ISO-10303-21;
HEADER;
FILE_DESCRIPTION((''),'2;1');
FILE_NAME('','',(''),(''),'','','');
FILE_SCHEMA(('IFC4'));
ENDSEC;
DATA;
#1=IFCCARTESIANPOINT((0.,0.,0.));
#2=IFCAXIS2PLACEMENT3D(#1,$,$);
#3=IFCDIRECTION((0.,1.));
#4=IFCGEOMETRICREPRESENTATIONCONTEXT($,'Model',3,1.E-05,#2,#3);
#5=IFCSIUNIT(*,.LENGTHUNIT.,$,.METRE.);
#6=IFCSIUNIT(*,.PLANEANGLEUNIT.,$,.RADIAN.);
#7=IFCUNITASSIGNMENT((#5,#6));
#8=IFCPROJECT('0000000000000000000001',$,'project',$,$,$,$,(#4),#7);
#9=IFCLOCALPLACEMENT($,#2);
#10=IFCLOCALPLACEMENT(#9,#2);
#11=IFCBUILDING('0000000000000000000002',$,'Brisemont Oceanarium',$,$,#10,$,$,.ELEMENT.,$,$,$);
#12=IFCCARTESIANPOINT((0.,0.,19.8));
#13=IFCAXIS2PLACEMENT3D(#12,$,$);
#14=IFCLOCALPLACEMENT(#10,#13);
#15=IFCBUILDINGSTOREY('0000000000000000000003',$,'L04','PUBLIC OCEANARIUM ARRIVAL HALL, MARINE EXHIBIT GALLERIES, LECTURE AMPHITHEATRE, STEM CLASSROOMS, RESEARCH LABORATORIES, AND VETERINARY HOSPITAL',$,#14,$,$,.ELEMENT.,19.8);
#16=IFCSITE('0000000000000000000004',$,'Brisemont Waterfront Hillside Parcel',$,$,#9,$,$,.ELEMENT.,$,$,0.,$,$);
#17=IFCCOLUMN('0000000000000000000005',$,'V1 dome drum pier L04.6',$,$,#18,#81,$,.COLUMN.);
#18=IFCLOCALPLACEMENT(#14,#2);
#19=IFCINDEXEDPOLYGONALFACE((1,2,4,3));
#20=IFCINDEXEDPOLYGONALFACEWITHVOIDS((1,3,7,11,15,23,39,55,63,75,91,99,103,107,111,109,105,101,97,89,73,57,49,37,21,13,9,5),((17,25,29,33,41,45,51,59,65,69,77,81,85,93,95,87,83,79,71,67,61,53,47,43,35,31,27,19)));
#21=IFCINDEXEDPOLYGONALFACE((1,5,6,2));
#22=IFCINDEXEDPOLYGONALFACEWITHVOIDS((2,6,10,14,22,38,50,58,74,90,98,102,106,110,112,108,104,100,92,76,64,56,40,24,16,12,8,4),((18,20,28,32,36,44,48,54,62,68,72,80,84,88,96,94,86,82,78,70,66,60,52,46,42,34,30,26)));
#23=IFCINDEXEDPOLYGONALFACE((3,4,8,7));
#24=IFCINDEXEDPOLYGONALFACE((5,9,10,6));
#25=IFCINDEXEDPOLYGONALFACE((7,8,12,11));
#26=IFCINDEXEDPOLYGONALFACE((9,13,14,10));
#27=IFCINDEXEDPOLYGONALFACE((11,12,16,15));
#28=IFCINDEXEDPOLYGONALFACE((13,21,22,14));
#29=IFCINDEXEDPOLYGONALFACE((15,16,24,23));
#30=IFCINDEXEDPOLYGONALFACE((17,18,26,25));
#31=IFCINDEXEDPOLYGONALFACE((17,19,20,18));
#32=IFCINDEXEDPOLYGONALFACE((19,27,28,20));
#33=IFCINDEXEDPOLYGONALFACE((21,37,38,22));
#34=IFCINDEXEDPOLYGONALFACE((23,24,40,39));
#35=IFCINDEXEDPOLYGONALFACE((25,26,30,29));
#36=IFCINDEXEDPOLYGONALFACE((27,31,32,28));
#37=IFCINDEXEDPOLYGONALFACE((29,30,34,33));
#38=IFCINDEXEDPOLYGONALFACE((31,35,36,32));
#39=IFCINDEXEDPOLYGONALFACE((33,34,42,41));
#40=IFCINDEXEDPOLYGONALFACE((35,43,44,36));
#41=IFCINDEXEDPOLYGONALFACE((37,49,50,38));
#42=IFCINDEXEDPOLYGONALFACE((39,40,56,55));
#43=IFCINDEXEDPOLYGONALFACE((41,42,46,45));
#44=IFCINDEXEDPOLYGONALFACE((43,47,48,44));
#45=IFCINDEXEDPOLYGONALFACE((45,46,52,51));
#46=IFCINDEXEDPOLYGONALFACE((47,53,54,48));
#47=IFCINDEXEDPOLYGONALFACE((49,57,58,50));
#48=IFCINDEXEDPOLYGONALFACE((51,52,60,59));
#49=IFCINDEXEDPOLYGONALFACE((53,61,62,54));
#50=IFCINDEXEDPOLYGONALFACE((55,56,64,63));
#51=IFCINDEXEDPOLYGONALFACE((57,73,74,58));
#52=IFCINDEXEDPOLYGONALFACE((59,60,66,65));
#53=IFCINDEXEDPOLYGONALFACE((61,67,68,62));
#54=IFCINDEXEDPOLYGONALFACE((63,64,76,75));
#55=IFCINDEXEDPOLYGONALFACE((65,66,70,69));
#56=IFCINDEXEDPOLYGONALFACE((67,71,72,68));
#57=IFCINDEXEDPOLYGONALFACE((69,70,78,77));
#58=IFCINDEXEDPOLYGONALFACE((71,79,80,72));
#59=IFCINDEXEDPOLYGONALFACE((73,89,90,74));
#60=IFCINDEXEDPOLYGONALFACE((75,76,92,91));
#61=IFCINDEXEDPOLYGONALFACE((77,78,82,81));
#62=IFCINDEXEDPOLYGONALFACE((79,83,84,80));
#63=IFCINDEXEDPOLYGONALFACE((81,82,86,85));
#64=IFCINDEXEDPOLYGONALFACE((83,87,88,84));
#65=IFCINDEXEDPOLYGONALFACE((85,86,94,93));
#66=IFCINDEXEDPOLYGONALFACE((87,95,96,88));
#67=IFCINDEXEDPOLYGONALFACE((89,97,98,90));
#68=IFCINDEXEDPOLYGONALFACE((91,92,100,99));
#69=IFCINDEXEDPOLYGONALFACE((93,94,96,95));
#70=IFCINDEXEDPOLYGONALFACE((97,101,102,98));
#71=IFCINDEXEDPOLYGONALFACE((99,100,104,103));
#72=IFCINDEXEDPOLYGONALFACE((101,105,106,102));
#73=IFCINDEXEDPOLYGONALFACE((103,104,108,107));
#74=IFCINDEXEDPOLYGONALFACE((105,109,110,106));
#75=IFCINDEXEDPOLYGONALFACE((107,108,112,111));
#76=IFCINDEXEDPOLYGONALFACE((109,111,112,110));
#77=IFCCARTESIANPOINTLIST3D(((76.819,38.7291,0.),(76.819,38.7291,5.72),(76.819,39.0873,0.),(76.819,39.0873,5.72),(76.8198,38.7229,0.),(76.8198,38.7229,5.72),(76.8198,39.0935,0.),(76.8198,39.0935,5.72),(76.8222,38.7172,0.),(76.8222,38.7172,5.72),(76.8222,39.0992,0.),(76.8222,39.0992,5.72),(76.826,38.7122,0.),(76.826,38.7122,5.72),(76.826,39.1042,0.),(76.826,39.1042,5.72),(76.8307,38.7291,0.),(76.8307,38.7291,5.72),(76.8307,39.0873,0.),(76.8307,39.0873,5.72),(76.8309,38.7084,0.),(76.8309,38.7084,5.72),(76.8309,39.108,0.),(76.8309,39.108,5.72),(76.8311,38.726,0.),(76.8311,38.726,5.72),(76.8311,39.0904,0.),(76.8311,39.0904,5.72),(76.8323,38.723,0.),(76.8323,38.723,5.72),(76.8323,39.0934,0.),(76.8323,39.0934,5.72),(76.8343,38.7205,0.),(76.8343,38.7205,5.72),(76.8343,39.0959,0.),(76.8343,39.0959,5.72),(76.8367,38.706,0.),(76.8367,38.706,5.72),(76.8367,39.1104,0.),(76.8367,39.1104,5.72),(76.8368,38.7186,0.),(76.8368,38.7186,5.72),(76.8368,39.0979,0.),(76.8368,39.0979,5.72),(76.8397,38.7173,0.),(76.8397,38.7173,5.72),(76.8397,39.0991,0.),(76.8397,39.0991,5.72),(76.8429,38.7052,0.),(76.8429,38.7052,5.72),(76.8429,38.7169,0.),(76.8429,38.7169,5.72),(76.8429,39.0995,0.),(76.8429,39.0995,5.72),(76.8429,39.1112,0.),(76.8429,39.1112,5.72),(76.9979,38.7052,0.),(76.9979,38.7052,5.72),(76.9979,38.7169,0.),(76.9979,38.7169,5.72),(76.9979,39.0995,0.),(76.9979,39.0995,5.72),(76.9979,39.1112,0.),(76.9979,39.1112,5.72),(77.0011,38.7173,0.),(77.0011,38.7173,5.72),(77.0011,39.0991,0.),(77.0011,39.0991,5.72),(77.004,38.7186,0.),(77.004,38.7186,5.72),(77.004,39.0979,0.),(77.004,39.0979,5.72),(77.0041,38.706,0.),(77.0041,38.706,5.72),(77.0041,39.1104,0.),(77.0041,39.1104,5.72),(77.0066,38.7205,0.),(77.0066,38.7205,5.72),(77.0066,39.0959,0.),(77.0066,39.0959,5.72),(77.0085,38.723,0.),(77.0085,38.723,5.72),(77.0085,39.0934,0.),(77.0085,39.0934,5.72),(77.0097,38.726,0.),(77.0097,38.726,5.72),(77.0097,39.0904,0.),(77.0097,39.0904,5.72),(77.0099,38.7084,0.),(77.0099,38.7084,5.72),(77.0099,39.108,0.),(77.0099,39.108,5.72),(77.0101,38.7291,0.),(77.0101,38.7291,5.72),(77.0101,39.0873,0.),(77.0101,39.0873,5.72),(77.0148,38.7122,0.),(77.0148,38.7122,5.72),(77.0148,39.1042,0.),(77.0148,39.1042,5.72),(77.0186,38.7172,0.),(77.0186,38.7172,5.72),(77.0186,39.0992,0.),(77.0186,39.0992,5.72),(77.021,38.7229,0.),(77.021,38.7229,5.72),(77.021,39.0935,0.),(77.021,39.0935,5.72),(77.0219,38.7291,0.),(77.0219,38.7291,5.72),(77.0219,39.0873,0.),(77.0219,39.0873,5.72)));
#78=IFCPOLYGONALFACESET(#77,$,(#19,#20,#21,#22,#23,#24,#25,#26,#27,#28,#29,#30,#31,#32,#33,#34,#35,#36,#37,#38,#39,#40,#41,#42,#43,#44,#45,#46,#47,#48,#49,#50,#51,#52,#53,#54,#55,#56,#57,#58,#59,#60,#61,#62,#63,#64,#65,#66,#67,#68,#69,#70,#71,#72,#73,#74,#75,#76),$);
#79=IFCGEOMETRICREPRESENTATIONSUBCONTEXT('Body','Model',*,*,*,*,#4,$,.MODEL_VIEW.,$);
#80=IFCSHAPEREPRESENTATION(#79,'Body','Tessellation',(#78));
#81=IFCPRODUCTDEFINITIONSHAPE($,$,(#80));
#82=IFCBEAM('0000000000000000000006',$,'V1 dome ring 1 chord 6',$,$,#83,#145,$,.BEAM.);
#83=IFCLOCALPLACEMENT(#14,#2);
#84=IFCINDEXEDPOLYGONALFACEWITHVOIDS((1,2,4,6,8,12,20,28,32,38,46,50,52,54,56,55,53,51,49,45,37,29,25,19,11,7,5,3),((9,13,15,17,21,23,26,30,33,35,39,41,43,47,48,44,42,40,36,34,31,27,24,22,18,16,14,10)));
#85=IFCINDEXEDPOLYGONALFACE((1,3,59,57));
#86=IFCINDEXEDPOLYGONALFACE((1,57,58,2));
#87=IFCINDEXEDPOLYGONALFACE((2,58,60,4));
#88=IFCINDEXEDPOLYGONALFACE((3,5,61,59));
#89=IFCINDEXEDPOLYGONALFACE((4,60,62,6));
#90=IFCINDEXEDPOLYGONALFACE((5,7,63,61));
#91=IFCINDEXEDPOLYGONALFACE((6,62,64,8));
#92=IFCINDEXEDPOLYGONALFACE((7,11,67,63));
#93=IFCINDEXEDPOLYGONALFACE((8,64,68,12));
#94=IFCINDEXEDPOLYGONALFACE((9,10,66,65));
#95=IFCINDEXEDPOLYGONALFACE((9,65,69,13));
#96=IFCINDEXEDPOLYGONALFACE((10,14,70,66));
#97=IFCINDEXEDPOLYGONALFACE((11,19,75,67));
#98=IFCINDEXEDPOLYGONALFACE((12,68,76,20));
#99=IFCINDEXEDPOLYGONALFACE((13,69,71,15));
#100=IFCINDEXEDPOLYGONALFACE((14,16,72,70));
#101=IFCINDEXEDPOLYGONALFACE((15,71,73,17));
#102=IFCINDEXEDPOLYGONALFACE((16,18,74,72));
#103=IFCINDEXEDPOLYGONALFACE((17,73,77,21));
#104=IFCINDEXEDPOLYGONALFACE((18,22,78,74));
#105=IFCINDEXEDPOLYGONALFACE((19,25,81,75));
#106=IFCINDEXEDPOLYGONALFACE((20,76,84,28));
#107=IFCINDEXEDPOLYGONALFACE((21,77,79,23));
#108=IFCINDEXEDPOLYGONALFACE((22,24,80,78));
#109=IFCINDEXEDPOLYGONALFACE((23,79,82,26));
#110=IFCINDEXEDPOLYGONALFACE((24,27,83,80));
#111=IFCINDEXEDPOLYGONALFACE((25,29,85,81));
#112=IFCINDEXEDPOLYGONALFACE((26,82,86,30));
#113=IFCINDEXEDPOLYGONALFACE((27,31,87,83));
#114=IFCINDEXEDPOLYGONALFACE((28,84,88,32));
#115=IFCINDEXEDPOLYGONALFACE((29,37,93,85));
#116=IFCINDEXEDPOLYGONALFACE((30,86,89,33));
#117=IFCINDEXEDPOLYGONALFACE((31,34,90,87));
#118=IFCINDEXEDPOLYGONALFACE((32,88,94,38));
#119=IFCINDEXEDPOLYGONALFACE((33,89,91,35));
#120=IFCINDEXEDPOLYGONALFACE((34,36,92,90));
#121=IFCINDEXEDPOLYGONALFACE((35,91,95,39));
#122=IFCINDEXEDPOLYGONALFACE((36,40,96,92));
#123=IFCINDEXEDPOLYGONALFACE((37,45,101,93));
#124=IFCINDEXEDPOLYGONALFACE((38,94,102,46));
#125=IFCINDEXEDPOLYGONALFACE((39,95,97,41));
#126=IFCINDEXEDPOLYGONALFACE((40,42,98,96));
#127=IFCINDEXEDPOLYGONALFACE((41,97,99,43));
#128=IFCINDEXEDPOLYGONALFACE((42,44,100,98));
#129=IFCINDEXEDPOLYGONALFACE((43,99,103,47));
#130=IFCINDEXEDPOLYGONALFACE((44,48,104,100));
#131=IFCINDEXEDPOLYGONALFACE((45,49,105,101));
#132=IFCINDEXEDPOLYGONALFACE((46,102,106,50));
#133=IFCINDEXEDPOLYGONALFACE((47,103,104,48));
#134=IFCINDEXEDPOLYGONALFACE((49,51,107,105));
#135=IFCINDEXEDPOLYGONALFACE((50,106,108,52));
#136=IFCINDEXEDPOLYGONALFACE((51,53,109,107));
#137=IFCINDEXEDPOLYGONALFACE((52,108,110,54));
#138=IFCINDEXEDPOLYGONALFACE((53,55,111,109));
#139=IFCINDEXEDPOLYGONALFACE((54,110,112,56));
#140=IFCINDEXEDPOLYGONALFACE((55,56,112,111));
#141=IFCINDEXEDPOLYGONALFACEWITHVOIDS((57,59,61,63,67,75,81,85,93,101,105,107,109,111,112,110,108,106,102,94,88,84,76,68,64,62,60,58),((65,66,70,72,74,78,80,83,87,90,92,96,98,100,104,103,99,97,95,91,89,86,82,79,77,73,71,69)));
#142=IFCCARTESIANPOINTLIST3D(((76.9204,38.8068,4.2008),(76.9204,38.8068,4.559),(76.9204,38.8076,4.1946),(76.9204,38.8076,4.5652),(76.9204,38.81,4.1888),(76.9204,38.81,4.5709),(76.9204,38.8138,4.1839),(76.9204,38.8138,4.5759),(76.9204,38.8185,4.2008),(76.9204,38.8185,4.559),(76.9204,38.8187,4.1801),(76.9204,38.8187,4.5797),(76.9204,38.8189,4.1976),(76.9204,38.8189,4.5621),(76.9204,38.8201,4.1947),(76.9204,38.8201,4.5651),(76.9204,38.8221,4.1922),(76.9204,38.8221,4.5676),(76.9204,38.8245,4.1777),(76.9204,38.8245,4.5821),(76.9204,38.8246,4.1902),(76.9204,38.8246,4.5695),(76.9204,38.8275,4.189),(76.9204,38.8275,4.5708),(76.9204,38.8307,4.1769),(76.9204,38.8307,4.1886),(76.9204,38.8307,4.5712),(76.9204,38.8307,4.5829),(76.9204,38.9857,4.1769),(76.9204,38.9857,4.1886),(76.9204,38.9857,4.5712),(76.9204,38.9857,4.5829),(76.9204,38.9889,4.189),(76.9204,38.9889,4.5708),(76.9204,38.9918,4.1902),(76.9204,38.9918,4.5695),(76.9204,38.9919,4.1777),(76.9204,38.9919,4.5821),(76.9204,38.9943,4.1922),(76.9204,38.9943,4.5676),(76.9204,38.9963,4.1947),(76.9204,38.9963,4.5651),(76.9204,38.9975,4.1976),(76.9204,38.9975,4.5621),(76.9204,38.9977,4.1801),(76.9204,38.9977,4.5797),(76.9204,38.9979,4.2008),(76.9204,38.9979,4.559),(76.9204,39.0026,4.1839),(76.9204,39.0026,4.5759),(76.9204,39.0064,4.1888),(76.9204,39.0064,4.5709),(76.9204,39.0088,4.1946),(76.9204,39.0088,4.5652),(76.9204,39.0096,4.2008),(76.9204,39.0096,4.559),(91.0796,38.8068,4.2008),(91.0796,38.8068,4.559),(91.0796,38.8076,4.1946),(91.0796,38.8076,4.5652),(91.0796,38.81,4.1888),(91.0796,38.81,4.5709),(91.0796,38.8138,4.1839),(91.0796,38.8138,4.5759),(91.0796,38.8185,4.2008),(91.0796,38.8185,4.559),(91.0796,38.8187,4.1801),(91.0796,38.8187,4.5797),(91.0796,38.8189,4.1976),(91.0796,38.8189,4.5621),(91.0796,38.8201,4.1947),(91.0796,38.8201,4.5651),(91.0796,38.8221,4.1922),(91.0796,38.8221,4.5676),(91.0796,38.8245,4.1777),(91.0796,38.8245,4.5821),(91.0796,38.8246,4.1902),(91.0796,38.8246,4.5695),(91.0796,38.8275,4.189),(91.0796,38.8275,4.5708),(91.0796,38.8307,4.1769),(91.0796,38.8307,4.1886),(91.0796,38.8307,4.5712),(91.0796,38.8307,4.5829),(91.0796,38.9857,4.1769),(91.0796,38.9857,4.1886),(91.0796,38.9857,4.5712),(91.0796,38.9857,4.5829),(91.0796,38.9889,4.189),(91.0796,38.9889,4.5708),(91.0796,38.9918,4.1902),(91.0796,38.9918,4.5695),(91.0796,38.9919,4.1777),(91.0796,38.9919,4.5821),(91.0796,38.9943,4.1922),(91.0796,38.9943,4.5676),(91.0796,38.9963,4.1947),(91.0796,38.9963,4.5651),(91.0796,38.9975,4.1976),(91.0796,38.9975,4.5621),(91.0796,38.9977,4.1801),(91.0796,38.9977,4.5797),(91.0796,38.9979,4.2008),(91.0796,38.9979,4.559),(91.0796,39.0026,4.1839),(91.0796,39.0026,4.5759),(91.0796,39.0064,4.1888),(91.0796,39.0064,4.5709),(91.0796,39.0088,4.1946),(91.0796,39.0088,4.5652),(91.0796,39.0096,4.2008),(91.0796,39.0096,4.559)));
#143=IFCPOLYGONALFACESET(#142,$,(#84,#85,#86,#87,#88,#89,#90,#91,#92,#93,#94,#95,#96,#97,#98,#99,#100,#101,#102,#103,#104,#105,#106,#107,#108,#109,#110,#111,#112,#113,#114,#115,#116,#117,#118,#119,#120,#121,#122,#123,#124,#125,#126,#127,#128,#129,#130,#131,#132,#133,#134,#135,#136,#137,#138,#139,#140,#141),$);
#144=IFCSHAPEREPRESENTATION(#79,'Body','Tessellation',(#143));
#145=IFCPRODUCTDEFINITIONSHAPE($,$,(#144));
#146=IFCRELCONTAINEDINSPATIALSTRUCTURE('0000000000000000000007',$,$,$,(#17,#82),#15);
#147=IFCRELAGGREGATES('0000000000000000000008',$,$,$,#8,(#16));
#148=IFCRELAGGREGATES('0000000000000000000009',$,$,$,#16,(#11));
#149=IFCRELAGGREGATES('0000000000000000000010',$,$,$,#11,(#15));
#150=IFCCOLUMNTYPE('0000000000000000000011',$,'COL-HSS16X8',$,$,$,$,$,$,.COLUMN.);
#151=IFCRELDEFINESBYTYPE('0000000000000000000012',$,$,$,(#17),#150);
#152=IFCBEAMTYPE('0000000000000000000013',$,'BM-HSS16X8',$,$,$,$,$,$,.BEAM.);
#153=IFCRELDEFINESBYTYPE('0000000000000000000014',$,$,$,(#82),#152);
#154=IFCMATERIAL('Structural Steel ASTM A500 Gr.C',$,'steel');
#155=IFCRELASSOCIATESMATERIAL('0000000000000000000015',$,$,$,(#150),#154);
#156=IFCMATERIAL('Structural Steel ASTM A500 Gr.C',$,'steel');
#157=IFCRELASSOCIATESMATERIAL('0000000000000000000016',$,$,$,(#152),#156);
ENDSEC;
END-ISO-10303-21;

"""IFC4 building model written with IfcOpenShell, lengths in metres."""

from ifc_helpers import new_model, si_unit, direction, frame, origin, origin_2d, place, context, subcontext, project, spatial, hollow_rectangle, extrude, material, material_profile, profile_set, type_object, element, save


model = new_model("IFC4")

# Units and contexts
model_context = context("Model", 3, precision=1e-05, world=origin(), true_north=direction((0.0, 1.0)))
body_context = subcontext(model_context, "Body", "Model", "MODEL_VIEW")
ifc_project = project(units=[si_unit("LENGTHUNIT", "METRE"), si_unit("PLANEANGLEUNIT", "RADIAN")], contexts=[model_context])

# Site, building, storey
site_placement = place(None, origin())
site = spatial("IfcSite", under=ifc_project, at=site_placement, Name="Brisemont Waterfront Hillside Parcel", CompositionType="ELEMENT", RefElevation=0.0)
building_placement = place(site_placement, origin())
building = spatial("IfcBuilding", under=site, at=building_placement, Name="Brisemont Oceanarium", CompositionType="ELEMENT")
storey_placement = place(building_placement, frame((0.0, 0.0, 19.8)))
storey = spatial("IfcBuildingStorey", under=building, at=storey_placement, Name="L04", Description="PUBLIC OCEANARIUM ARRIVAL HALL, MARINE EXHIBIT GALLERIES, LECTURE AMPHITHEATRE, STEM CLASSROOMS, RESEARCH LABORATORIES, AND VETERINARY HOSPITAL", CompositionType="ELEMENT", Elevation=19.8)

# Column
ifc_material_1 = material(Name="Structural Steel ASTM A500 Gr.C", Category="steel")
ifc_material_profile_1 = material_profile(ifc_material_1, hollow_rectangle(XDim=0.2029, YDim=0.406, WallThickness=0.0117, InnerFilletRadius=0.0122, OuterFilletRadius=0.0239, at=origin_2d()), Name="HSS16X8X1/2")
ifc_profile_set_1 = profile_set([ifc_material_profile_1], Name="Structural Steel ASTM A500 Gr.C")
column_type = type_object("IfcColumnType", Name="COL-HSS16X8", PredefinedType="COLUMN", material=ifc_profile_set_1)
column_placement = place(storey_placement, frame((76.9204, 38.9082, 0.0), z_axis=(0.0, 0.0, 1.0), x_axis=(1.0, 0.0, 0.0)))
element("IfcColumn", 1, at=column_placement, inside=storey, type_object=column_type, Name="V1 dome drum pier L04.6", PredefinedType="COLUMN", context=body_context, shape_type="SweptSolid", body=[
    extrude(hollow_rectangle(XDim=0.2029, YDim=0.406, WallThickness=0.0117, InnerFilletRadius=0.0122, OuterFilletRadius=0.0239, at=origin_2d()), origin(), (0.0, 0.0, 1.0), 5.72),
])

# Beam
ifc_material_2 = material(Name="Structural Steel ASTM A500 Gr.C", Category="steel")
ifc_material_profile_2 = material_profile(ifc_material_2, hollow_rectangle(XDim=0.2029, YDim=0.406, WallThickness=0.0117, InnerFilletRadius=0.0122, OuterFilletRadius=0.0239, at=origin_2d()), Name="HSS16X8X1/2")
ifc_profile_set_2 = profile_set([ifc_material_profile_2], Name="Structural Steel ASTM A500 Gr.C")
beam_type_1 = type_object("IfcBeamType", Name="BM-HSS16X8", PredefinedType="BEAM", material=ifc_profile_set_2)
beam_1_placement = place(storey_placement, frame((76.9204, 38.9082, 4.3799), z_axis=(1.0, 0.0, 0.0), x_axis=(0.0, 1.0, 0.0)))
element("IfcBeam", 2, at=beam_1_placement, inside=storey, type_object=beam_type_1, Name="V1 dome ring 1 chord 6", PredefinedType="BEAM", context=body_context, shape_type="SweptSolid", body=[
    extrude(hollow_rectangle(XDim=0.2029, YDim=0.406, WallThickness=0.0117, InnerFilletRadius=0.0122, OuterFilletRadius=0.0239, at=origin_2d()), origin(), (0.0, 0.0, 1.0), 14.1592),
])

save(model, "model.ifc")
